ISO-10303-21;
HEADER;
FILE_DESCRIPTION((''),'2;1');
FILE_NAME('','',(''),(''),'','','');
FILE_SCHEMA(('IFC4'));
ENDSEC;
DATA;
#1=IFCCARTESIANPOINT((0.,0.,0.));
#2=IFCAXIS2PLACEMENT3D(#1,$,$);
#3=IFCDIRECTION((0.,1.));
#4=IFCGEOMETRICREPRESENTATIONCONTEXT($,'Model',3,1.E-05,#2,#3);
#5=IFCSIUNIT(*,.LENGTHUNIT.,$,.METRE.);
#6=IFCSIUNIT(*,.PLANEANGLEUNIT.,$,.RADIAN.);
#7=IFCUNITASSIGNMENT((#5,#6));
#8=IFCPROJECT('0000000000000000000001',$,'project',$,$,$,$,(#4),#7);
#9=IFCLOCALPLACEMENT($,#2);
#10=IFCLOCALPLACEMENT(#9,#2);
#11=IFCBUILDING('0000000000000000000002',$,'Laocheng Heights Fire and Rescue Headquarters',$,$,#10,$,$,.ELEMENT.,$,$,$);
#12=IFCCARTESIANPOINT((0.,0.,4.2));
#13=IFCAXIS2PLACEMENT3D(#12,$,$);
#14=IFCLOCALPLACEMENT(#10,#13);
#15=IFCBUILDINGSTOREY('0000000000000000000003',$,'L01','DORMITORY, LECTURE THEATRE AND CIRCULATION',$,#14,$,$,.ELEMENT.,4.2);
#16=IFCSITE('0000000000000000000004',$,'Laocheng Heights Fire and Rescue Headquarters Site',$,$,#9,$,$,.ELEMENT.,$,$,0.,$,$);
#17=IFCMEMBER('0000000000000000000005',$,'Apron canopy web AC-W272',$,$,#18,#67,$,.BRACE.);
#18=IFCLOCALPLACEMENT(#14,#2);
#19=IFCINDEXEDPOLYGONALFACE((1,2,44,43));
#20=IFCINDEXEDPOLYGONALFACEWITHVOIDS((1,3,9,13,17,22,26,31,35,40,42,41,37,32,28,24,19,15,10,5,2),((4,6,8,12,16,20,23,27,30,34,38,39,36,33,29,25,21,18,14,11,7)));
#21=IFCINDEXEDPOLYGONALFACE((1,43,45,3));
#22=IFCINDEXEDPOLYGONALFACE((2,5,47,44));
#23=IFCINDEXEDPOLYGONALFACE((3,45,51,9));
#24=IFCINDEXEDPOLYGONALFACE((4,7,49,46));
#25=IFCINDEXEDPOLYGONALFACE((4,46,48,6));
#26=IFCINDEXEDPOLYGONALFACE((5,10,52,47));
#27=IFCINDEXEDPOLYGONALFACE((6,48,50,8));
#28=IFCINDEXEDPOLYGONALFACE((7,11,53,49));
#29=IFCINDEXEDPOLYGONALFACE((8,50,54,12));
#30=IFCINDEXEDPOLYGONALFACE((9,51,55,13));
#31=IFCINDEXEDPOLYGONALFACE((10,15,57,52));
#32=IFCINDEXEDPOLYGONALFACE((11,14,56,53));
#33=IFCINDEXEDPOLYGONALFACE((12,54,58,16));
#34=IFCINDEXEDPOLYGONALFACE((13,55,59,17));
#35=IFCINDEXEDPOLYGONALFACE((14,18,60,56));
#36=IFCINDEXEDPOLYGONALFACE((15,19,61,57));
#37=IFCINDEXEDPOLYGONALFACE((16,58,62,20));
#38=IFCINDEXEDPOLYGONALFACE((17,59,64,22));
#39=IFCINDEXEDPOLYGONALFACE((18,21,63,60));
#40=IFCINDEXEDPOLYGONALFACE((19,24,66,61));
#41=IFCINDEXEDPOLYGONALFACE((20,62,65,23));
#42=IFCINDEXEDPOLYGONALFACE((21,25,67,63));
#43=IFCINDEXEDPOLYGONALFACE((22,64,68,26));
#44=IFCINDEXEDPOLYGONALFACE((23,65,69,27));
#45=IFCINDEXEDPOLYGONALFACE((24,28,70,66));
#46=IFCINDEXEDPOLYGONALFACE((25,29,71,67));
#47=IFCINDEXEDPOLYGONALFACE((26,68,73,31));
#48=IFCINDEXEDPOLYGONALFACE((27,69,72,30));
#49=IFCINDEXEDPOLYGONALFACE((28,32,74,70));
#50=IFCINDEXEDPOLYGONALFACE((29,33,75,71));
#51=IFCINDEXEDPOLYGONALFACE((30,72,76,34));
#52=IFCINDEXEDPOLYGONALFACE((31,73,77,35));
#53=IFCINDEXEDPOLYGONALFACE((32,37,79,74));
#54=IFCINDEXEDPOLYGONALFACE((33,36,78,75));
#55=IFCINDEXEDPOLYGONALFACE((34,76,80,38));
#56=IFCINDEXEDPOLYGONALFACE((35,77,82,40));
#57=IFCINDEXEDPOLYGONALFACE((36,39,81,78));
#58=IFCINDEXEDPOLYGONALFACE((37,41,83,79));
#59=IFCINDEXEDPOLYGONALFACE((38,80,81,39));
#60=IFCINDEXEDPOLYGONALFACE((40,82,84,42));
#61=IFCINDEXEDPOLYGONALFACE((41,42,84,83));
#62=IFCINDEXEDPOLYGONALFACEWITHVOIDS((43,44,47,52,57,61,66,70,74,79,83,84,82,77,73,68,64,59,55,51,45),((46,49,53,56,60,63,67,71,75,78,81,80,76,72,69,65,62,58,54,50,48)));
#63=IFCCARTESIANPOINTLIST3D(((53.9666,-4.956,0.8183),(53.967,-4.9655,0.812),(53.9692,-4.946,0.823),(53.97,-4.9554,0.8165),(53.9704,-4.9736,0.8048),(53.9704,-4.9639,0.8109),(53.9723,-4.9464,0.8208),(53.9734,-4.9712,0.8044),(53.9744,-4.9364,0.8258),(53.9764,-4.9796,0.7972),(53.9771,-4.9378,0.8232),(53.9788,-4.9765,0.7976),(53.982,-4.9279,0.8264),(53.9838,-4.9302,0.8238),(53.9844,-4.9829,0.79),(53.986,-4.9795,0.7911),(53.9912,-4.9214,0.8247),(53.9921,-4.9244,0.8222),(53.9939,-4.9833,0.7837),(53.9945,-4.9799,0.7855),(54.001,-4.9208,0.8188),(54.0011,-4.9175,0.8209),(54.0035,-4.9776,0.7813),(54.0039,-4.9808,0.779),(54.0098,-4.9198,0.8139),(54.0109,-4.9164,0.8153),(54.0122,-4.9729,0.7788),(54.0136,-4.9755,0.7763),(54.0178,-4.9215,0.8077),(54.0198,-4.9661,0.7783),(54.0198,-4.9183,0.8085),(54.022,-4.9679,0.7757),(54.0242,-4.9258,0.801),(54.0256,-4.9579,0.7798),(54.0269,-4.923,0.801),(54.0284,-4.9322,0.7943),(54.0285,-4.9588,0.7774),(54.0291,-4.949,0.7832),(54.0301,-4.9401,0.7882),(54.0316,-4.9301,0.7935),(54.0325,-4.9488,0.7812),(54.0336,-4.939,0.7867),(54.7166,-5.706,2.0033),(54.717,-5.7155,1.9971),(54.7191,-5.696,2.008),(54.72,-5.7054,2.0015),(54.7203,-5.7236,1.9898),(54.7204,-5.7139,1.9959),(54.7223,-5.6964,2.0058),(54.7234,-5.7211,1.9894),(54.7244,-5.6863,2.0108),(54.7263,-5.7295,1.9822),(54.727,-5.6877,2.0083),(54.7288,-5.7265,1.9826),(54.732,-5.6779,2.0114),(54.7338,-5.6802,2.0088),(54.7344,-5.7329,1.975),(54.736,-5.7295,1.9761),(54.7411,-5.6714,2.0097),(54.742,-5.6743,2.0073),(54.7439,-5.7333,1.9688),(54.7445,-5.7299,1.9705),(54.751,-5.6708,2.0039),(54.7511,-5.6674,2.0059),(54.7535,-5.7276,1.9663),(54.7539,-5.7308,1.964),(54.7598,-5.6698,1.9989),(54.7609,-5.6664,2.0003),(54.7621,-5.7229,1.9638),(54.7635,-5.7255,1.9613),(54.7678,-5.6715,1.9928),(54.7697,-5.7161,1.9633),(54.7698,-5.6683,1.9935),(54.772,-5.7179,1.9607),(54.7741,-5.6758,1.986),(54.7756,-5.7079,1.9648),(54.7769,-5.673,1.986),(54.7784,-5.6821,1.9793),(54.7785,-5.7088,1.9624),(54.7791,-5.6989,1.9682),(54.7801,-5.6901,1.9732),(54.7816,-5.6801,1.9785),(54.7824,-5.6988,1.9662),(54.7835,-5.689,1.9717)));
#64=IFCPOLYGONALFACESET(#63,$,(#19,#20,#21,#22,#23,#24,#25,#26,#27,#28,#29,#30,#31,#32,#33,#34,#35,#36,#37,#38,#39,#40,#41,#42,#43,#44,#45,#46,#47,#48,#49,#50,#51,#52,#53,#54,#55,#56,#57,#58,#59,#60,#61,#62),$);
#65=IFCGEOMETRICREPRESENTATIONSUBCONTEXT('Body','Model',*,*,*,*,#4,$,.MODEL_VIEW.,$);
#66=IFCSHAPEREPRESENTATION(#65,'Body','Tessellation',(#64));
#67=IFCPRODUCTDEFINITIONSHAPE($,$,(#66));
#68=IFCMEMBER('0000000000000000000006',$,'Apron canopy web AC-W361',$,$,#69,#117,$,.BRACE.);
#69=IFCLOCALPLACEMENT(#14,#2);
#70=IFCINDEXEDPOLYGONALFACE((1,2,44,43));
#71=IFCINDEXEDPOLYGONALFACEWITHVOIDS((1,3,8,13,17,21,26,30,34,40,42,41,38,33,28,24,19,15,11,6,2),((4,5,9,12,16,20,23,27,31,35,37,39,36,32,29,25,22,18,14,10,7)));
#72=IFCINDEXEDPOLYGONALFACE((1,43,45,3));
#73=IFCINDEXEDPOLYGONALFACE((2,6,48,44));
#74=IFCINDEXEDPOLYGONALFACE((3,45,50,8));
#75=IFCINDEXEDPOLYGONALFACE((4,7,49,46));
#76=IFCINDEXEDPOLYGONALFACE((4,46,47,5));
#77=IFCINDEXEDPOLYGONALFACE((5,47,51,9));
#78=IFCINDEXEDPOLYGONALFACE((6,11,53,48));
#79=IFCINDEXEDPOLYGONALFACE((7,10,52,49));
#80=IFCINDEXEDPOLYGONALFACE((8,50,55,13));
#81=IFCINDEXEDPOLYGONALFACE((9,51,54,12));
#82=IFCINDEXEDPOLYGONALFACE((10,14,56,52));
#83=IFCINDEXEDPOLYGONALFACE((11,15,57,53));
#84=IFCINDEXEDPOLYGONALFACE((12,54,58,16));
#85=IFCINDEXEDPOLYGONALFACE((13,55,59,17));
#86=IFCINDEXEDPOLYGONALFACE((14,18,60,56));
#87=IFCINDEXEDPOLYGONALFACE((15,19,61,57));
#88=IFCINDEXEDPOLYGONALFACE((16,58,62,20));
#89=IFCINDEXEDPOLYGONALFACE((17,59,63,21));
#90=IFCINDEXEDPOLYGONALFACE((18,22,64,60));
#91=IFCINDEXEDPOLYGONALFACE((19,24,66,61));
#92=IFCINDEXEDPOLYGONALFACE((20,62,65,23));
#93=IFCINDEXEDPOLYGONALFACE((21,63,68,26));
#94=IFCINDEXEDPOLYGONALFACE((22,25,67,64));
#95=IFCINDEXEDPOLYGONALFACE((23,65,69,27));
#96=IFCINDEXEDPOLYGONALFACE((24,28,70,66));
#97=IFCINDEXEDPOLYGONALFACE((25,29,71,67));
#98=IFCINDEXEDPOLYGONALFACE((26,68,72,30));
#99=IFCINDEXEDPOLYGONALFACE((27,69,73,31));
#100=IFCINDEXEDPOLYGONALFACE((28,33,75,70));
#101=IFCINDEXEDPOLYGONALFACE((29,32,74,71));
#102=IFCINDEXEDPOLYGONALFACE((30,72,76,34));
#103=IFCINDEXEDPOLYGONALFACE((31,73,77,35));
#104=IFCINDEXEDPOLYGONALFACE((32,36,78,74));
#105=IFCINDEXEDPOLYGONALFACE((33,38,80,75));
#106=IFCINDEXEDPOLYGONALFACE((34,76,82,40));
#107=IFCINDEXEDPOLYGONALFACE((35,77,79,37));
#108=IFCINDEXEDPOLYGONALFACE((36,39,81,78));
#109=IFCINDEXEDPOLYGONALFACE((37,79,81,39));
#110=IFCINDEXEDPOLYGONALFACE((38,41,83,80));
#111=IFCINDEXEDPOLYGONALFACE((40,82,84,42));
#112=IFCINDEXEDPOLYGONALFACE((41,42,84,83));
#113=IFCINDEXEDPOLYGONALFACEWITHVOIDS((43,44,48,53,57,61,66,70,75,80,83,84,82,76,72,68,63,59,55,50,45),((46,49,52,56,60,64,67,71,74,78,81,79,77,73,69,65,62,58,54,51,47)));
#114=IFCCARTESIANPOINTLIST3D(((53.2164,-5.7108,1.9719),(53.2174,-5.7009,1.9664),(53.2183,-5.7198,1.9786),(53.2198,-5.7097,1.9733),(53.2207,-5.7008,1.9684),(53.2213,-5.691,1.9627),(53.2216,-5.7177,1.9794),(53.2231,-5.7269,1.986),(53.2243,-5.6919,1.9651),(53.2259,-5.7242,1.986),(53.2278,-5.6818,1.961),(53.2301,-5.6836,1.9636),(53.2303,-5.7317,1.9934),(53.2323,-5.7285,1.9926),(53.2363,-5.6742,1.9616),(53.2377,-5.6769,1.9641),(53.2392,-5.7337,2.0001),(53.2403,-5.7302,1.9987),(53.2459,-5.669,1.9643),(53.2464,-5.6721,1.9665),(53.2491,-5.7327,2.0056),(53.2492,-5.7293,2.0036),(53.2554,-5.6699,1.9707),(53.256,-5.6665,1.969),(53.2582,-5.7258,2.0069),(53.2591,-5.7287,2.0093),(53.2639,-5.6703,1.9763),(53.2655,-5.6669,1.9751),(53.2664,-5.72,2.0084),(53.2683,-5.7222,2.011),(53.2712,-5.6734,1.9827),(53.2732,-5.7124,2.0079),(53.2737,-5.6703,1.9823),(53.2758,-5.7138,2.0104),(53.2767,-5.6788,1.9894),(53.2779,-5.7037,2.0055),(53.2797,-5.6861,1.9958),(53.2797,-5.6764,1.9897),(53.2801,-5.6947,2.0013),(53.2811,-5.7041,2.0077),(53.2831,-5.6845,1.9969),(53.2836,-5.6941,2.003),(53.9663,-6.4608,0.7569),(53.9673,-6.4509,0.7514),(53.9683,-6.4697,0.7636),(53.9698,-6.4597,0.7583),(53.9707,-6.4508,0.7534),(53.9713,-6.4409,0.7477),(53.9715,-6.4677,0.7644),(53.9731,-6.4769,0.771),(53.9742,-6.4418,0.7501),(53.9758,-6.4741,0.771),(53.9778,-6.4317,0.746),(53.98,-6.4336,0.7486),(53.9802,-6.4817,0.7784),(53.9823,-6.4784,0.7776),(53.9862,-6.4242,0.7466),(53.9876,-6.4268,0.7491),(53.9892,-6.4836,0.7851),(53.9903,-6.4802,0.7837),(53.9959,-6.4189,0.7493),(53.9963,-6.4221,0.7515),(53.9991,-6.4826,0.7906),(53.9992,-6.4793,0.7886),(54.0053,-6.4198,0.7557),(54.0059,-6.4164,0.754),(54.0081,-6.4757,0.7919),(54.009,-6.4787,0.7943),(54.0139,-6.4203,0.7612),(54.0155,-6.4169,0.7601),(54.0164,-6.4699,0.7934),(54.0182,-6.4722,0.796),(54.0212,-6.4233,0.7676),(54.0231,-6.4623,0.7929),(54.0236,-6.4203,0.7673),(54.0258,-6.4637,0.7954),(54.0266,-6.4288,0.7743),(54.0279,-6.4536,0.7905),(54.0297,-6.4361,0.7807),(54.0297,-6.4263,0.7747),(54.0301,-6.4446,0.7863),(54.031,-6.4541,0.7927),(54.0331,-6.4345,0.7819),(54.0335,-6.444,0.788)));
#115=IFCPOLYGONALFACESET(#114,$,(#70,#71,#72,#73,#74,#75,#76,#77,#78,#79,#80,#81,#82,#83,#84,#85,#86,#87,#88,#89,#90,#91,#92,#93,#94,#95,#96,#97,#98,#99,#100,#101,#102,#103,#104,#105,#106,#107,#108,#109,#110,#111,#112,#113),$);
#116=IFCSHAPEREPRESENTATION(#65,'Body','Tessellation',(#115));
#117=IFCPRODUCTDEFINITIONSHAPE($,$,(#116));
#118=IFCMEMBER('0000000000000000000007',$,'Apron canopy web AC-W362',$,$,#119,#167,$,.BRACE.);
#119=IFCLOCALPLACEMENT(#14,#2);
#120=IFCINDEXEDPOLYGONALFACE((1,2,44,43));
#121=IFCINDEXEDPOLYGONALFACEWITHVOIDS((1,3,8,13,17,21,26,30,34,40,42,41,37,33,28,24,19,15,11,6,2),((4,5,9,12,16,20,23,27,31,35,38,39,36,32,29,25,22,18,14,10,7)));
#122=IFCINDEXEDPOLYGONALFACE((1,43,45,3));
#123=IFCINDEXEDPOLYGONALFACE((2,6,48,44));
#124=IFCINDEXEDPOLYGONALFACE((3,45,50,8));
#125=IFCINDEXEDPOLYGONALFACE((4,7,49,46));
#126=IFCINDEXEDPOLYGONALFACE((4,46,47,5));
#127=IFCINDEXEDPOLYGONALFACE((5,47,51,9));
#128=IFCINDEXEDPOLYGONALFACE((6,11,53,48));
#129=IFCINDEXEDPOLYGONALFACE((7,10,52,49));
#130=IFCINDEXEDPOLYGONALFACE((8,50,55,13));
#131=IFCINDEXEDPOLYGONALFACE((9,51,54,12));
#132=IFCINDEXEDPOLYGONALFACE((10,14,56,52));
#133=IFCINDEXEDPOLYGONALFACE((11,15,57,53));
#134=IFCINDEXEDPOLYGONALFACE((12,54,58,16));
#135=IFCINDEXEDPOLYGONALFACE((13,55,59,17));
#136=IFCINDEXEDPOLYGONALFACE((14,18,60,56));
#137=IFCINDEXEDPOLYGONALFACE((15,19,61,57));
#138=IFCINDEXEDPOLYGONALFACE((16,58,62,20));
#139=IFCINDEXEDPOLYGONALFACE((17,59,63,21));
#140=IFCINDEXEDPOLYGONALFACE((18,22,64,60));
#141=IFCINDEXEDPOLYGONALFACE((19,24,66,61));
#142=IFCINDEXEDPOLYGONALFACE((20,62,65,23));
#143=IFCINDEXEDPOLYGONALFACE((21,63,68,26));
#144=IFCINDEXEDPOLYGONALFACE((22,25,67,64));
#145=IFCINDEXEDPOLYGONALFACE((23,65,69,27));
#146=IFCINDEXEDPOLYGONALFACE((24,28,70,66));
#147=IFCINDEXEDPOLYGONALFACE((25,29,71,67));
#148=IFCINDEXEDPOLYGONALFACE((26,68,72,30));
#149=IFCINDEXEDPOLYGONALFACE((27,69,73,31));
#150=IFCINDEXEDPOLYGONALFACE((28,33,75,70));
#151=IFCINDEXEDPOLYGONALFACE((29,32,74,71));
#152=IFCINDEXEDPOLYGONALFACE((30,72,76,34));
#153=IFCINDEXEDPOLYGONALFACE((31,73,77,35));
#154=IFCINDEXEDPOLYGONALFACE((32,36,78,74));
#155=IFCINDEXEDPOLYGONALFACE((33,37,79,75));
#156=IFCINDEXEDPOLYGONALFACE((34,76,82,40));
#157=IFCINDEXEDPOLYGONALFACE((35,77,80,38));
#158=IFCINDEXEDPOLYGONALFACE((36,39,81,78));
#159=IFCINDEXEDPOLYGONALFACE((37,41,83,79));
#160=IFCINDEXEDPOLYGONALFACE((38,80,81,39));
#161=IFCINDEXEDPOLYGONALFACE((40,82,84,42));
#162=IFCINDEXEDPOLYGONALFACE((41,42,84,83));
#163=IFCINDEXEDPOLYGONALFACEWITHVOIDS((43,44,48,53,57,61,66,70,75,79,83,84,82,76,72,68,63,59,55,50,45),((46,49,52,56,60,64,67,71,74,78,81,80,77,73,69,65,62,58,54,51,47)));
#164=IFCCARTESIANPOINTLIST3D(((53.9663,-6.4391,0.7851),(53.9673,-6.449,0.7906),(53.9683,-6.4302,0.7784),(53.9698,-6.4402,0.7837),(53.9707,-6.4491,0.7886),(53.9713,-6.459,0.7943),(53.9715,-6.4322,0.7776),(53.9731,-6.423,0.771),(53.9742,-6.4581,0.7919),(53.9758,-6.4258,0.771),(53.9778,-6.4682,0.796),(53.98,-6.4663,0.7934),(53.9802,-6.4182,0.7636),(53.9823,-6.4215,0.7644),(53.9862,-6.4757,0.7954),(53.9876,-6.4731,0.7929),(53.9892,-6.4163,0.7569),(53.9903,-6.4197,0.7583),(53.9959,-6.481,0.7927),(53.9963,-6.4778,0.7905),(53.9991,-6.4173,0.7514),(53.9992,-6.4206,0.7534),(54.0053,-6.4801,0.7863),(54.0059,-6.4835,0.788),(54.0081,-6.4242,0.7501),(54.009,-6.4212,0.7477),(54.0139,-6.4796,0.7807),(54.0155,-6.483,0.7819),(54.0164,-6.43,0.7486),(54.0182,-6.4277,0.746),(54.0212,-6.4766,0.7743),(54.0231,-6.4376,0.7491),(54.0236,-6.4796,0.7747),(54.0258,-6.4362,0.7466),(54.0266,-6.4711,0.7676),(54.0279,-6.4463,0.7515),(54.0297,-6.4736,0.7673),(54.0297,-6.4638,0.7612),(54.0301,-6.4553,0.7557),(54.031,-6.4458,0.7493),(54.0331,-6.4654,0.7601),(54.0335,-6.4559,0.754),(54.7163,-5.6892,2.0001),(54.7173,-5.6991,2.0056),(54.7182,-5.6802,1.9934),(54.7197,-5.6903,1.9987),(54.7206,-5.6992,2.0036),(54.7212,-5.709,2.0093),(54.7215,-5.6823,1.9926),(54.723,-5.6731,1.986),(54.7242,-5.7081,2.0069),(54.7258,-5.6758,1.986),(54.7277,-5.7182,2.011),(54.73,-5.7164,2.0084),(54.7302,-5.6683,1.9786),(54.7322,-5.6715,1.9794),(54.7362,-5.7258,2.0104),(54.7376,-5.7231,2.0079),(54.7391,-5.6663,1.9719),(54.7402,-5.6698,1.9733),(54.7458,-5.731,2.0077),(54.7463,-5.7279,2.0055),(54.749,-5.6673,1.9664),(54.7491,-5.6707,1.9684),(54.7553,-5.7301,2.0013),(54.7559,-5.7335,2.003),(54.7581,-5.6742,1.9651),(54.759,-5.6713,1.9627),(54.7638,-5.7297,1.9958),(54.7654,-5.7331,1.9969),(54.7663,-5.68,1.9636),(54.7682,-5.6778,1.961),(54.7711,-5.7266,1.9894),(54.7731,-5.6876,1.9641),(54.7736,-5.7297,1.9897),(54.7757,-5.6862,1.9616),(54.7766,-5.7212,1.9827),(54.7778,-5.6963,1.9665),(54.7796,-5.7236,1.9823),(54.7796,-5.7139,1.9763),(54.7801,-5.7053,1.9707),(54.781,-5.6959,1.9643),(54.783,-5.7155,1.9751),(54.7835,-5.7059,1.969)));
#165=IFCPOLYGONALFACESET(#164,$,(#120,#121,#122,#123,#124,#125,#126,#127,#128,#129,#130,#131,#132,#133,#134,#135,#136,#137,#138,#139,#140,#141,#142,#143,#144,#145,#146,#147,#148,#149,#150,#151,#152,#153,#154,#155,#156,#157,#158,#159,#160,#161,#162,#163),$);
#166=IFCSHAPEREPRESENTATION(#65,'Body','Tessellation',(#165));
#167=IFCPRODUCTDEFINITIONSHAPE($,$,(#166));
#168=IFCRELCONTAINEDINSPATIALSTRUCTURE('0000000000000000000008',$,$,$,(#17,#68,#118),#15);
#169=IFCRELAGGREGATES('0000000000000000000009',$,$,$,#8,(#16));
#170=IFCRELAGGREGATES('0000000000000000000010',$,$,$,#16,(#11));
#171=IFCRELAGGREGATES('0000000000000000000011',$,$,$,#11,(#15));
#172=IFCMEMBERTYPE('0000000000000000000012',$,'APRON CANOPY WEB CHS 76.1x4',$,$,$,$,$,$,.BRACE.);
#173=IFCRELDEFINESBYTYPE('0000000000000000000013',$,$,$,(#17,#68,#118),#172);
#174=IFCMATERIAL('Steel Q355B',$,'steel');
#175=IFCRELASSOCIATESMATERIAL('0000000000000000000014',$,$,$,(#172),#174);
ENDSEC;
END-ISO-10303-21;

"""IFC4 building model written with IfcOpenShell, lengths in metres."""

from ifc_helpers import new_model, si_unit, direction, frame, origin, origin_2d, place, context, subcontext, project, spatial, hollow_circle, extrude, material, material_profile, profile_set, type_object, element, save


model = new_model("IFC4")

# Units and contexts
model_context = context("Model", 3, precision=1e-05, world=origin(), true_north=direction((0.0, 1.0)))
body_context = subcontext(model_context, "Body", "Model", "MODEL_VIEW")
ifc_project = project(units=[si_unit("LENGTHUNIT", "METRE"), si_unit("PLANEANGLEUNIT", "RADIAN")], contexts=[model_context])

# Site, building, storey
site_placement = place(None, origin())
site = spatial("IfcSite", under=ifc_project, at=site_placement, Name="Laocheng Heights Fire and Rescue Headquarters Site", CompositionType="ELEMENT", RefElevation=0.0)
building_placement = place(site_placement, origin())
building = spatial("IfcBuilding", under=site, at=building_placement, Name="Laocheng Heights Fire and Rescue Headquarters", CompositionType="ELEMENT")
storey_placement = place(building_placement, frame((0.0, 0.0, 4.2)))
storey = spatial("IfcBuildingStorey", under=building, at=storey_placement, Name="L01", Description="DORMITORY, LECTURE THEATRE AND CIRCULATION", CompositionType="ELEMENT", Elevation=4.2)

# Members
ifc_material_1 = material(Name="Steel Q355B", Category="steel")
ifc_material_profile_1 = material_profile(ifc_material_1, hollow_circle(Radius=0.0381, WallThickness=0.0039, at=origin_2d()), Name="CHS 76.1x4")
ifc_profile_set_1 = profile_set([ifc_material_profile_1], Name="Steel Q355B")
member_type_1 = type_object("IfcMemberType", Name="APRON CANOPY WEB CHS 76.1x4", PredefinedType="BRACE", material=ifc_profile_set_1)
for number, where, z_axis, x_axis, name in (
    (1, (54.0, -4.95, 0.801), (0.47158, -0.47158, 0.745134), (0.707107, 0.707107, 0.0), "Apron canopy web AC-W272"),
):
    element("IfcMember", number, at=place(storey_placement, frame(where, z_axis=z_axis, x_axis=x_axis)), inside=storey, type_object=member_type_1, Name=name, PredefinedType="BRACE", context=body_context, shape_type="SweptSolid", body=[
        extrude(hollow_circle(Radius=0.0381, WallThickness=0.0039, at=origin_2d()), origin(), (0.0, 0.0, 1.0), 1.5903),
    ])
for number, where, z_axis, x_axis, name in (
    (2, (54.0, -6.45, 0.771), (-0.465002, 0.465002, 0.753357), (-0.707107, -0.707107, 0.0), "Apron canopy web AC-W361"),
    (3, (54.0, -6.45, 0.771), (0.465002, 0.465002, 0.753357), (-0.707107, 0.707107, 0.0), "Apron canopy web AC-W362"),
):
    element("IfcMember", number, at=place(storey_placement, frame(where, z_axis=z_axis, x_axis=x_axis)), inside=storey, type_object=member_type_1, Name=name, PredefinedType="BRACE", context=body_context, shape_type="SweptSolid", body=[
        extrude(hollow_circle(Radius=0.0381, WallThickness=0.0039, at=origin_2d()), origin(), (0.0, 0.0, 1.0), 1.6128),
    ])

save(model, "model.ifc")
